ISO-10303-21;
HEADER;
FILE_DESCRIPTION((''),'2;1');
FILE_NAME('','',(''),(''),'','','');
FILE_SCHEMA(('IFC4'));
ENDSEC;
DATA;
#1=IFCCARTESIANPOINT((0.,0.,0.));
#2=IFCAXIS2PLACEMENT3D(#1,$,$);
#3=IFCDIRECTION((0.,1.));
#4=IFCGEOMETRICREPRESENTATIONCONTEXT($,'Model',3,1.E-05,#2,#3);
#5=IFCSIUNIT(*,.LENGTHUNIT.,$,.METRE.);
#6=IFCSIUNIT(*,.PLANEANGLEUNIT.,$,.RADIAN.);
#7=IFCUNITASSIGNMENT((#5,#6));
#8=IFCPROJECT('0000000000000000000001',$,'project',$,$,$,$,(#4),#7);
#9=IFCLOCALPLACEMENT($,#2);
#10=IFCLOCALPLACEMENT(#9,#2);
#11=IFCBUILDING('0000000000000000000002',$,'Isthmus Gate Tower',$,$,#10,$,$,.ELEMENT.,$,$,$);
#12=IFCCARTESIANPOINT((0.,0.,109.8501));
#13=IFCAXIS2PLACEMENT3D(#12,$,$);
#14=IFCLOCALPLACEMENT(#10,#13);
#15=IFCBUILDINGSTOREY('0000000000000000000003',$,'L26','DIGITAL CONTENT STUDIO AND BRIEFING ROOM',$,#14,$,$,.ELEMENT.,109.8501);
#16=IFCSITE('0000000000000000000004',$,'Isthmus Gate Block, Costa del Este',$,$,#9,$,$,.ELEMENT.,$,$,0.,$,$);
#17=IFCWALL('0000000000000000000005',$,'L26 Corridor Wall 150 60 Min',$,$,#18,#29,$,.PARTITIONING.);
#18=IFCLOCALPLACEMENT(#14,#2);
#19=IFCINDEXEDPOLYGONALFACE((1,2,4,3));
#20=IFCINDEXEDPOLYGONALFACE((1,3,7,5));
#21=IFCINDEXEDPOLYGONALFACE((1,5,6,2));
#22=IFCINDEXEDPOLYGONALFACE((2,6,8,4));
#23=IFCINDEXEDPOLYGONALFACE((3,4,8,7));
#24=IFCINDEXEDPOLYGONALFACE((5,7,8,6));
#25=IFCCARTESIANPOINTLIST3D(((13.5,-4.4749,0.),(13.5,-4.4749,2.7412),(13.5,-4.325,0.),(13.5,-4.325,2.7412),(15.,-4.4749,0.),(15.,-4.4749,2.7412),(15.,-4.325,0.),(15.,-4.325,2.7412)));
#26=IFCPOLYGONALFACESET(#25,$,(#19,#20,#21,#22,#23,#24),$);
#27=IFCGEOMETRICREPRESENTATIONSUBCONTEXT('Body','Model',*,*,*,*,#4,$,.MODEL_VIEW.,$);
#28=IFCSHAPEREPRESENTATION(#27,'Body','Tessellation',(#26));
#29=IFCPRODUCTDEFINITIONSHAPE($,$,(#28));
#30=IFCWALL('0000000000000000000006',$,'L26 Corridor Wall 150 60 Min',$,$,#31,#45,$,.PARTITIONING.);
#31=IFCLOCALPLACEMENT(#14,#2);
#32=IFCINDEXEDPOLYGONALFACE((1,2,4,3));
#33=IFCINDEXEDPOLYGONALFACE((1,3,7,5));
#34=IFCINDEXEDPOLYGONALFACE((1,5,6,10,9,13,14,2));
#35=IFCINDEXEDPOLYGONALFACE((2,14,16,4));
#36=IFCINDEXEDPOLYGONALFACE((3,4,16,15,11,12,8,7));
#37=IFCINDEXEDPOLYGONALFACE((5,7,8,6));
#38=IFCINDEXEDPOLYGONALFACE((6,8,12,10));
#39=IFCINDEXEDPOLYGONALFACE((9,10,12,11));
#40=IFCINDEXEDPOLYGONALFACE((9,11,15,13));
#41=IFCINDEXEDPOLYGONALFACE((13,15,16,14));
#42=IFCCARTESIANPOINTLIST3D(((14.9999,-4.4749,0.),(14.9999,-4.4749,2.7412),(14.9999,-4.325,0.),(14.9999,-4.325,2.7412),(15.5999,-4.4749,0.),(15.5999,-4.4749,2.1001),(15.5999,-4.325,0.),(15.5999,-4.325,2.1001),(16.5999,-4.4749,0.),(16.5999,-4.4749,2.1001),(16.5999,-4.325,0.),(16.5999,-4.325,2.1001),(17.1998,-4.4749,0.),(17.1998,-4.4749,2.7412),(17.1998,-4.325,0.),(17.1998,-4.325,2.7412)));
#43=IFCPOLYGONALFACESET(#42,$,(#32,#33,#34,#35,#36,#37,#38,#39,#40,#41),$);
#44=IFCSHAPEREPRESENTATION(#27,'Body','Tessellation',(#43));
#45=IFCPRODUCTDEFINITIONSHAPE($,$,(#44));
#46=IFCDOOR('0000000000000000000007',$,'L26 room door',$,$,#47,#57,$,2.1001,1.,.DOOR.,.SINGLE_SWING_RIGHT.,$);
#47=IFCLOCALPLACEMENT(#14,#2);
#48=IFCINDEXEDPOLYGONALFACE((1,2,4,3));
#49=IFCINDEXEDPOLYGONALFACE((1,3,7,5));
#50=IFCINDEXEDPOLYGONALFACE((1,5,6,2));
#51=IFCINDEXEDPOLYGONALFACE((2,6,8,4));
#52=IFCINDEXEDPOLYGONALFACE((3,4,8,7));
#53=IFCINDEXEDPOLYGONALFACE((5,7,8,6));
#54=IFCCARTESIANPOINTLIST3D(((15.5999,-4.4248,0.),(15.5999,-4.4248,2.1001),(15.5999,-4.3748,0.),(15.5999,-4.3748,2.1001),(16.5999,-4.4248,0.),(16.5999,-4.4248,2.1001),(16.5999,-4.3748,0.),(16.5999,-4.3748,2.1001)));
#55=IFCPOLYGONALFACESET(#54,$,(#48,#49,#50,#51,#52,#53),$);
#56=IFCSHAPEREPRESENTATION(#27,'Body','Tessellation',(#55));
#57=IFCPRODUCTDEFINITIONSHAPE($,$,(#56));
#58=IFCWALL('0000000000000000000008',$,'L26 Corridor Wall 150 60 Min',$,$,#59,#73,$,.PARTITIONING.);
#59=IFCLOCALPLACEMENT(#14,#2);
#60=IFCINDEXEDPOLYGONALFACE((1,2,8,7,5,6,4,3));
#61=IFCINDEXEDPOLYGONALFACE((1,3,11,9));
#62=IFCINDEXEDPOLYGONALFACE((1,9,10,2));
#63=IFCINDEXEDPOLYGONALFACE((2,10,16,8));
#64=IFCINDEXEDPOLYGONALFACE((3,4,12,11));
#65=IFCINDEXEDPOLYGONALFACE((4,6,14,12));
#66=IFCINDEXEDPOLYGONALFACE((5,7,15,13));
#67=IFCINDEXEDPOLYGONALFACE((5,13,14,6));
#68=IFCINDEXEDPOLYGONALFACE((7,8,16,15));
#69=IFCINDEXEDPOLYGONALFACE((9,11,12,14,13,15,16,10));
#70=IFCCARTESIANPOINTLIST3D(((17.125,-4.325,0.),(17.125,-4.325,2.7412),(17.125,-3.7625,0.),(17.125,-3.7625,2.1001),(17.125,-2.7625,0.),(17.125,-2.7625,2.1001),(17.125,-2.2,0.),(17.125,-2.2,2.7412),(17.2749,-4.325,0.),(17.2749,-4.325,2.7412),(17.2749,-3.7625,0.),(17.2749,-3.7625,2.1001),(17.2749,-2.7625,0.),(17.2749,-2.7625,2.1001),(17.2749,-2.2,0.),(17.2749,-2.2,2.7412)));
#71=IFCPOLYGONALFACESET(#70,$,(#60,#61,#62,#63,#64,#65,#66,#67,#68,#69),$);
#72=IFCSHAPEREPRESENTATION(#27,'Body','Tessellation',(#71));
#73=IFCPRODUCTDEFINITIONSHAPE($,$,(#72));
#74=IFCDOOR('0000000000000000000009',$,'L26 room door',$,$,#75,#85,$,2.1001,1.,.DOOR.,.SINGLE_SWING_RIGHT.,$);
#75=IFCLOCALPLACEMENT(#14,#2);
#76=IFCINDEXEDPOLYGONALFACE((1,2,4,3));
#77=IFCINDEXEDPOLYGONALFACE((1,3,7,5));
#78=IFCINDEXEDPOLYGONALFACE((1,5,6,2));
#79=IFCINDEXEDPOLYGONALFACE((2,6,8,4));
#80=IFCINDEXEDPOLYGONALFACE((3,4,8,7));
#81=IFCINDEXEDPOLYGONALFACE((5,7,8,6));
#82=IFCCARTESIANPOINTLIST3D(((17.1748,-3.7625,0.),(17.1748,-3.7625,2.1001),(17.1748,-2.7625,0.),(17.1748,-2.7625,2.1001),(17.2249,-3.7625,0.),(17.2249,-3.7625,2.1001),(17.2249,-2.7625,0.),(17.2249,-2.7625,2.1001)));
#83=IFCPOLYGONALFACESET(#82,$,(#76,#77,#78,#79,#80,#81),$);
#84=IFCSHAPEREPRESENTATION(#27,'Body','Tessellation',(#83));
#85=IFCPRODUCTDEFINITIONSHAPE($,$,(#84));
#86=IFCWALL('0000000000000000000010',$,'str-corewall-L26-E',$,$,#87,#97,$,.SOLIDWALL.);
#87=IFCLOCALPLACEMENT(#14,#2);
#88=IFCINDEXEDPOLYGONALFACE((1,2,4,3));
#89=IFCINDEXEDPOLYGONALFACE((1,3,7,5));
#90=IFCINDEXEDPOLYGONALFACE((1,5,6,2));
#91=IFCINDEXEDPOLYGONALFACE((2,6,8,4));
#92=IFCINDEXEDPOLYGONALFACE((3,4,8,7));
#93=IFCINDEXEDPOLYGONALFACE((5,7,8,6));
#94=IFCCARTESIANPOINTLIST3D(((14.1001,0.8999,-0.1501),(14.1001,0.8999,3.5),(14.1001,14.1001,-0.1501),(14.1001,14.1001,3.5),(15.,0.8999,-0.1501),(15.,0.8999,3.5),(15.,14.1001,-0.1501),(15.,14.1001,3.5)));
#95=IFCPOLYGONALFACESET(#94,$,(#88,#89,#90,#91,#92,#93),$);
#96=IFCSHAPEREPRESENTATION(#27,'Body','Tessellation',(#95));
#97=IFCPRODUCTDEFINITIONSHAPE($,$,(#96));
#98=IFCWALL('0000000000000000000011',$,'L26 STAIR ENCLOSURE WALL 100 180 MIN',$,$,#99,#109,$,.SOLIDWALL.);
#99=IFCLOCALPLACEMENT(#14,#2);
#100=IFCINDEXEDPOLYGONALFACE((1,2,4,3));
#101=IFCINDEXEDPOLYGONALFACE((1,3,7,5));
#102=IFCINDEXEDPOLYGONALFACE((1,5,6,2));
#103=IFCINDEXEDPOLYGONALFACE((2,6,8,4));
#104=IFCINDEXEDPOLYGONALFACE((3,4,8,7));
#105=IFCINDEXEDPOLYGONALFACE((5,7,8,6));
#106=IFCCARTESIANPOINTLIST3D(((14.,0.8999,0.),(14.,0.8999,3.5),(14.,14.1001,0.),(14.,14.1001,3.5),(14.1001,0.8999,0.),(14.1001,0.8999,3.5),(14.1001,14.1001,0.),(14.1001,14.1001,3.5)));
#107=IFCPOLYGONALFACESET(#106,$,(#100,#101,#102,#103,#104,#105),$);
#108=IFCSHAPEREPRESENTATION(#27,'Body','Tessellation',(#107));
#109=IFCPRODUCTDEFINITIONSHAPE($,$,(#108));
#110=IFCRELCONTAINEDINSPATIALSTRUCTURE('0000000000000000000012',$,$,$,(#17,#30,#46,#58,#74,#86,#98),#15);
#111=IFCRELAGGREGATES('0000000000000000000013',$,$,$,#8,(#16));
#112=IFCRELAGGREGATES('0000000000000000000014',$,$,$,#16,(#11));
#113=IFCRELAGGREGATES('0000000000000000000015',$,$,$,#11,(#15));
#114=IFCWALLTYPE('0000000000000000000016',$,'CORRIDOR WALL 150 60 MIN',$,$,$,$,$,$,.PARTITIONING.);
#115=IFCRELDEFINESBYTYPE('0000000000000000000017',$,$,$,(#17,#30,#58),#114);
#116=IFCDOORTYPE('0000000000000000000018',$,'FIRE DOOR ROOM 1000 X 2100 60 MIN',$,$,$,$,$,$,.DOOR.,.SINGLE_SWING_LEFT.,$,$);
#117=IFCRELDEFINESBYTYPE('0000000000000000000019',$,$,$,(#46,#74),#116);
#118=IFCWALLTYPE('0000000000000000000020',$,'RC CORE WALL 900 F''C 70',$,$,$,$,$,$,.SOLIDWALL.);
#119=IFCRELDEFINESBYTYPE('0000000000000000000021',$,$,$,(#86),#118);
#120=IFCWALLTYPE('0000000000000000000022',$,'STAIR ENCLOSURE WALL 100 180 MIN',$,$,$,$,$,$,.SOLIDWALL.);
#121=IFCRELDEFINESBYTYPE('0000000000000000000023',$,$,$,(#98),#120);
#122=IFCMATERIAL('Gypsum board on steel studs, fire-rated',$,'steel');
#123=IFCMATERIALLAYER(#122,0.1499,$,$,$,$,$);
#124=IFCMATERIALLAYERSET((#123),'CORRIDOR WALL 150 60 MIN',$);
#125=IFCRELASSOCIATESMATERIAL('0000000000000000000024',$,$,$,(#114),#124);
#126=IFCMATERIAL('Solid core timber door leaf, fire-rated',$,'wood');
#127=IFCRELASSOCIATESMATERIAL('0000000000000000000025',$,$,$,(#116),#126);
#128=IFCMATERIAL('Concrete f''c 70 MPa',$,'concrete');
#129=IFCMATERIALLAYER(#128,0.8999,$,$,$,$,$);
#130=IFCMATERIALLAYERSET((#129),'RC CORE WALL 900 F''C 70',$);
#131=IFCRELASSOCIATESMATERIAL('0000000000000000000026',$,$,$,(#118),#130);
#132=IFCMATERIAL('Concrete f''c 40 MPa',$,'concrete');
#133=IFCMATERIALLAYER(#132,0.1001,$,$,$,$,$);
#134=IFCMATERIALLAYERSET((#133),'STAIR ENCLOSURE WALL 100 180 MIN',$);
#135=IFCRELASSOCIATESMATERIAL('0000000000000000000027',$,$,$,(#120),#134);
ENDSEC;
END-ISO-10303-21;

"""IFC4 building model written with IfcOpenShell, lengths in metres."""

from ifc_helpers import new_model, si_unit, direction, frame, frame_2d, origin, place, context, subcontext, project, spatial, rectangle, extrude, material, layer, layer_set, type_object, element, fill, save


model = new_model("IFC4")

# Units and contexts
model_context = context("Model", 3, precision=1e-05, world=origin(), true_north=direction((0.0, 1.0)))
body_context = subcontext(model_context, "Body", "Model", "MODEL_VIEW")
ifc_project = project(units=[si_unit("LENGTHUNIT", "METRE"), si_unit("PLANEANGLEUNIT", "RADIAN")], contexts=[model_context])

# Site, building, storey
site_placement = place(None, origin())
site = spatial("IfcSite", under=ifc_project, at=site_placement, Name="Isthmus Gate Block, Costa del Este", CompositionType="ELEMENT", RefElevation=0.0)
building_placement = place(site_placement, origin())
building = spatial("IfcBuilding", under=site, at=building_placement, Name="Isthmus Gate Tower", CompositionType="ELEMENT")
storey_placement = place(building_placement, frame((0.0, 0.0, 109.8501)))
storey = spatial("IfcBuildingStorey", under=building, at=storey_placement, Name="L26", Description="DIGITAL CONTENT STUDIO AND BRIEFING ROOM", CompositionType="ELEMENT", Elevation=109.8501)

# Wall
ifc_material_1 = material(Name="Gypsum board on steel studs, fire-rated", Category="steel")
ifc_layer_1 = layer(ifc_material_1, 0.1499)
ifc_layer_set_1 = layer_set([ifc_layer_1], Name="CORRIDOR WALL 150 60 MIN")
wall_type_1 = type_object("IfcWallType", Name="CORRIDOR WALL 150 60 MIN", PredefinedType="PARTITIONING", material=ifc_layer_set_1)
wall_1_placement = place(storey_placement, frame((15.0, -4.3999, 0.0), z_axis=(0.0, 0.0, 1.0), x_axis=(-1.0, 0.0, 0.0)))
element("IfcWall", 1, at=wall_1_placement, inside=storey, type_object=wall_type_1, Name="L26 Corridor Wall 150 60 Min", PredefinedType="PARTITIONING", context=body_context, shape_type="SweptSolid", body=[
    extrude(rectangle(XDim=1.5, YDim=0.1499, at=frame_2d((0.75, 0.0))), origin(), (0.0, 0.0, 1.0), 2.7412),
])

# Walls, openings, doors
wall_2_placement = place(storey_placement, frame((17.2, -4.3999, 0.0), z_axis=(0.0, 0.0, 1.0), x_axis=(-1.0, 0.0, 0.0)))
wall_2 = element("IfcWall", 2, at=wall_2_placement, inside=storey, type_object=wall_type_1, Name="L26 Corridor Wall 150 60 Min", PredefinedType="PARTITIONING", context=body_context, shape_type="SweptSolid", body=[
    extrude(rectangle(XDim=2.2, YDim=0.1499, at=frame_2d((1.1001, 0.0))), origin(), (0.0, 0.0, 1.0), 2.7412),
])
opening_1_placement = place(wall_2_placement, frame((0.6001, 0.0, 0.0)))
opening_1 = element("IfcOpeningElement", 3, at=opening_1_placement, cuts=wall_2, PredefinedType="OPENING", context=body_context, shape_type="SweptSolid", body=[
    extrude(rectangle(XDim=1.0, YDim=2.1001, at=frame_2d((0.5, 1.05))), frame((0.0, 0.085, 0.0), z_axis=(0.0, -1.0, 0.0), x_axis=(1.0, 0.0, 0.0)), (0.0, 0.0, 1.0), 0.1699),
])
ifc_material_2 = material(Name="Solid core timber door leaf, fire-rated", Category="wood")
door_type_1 = type_object("IfcDoorType", Name="FIRE DOOR ROOM 1000 X 2100 60 MIN", OperationType="SINGLE_SWING_LEFT", PredefinedType="DOOR", material=ifc_material_2)
door_1_placement = place(opening_1_placement, origin())
door_1 = element("IfcDoor", 4, at=door_1_placement, inside=storey, type_object=door_type_1, Name="L26 room door", OperationType="SINGLE_SWING_RIGHT", OverallHeight=2.1001, OverallWidth=1.0, PredefinedType="DOOR", context=body_context, shape_type="SweptSolid", body=[
    extrude(rectangle(XDim=1.0, YDim=2.1001, at=frame_2d((0.5, 1.05))), frame((0.0, 0.0249, 0.0), z_axis=(0.0, -1.0, 0.0), x_axis=(1.0, 0.0, 0.0)), (0.0, 0.0, 1.0), 0.05),
])
fill(opening_1, door_1)
wall_3_placement = place(storey_placement, frame((17.2, -2.2, 0.0), z_axis=(0.0, 0.0, 1.0), x_axis=(0.0, -1.0, 0.0)))
wall_3 = element("IfcWall", 5, at=wall_3_placement, inside=storey, type_object=wall_type_1, Name="L26 Corridor Wall 150 60 Min", PredefinedType="PARTITIONING", context=body_context, shape_type="SweptSolid", body=[
    extrude(rectangle(XDim=2.125, YDim=0.1499, at=frame_2d((1.0625, 0.0))), origin(), (0.0, 0.0, 1.0), 2.7412),
])
opening_2_placement = place(wall_3_placement, frame((0.5625, 0.0, 0.0)))
opening_2 = element("IfcOpeningElement", 6, at=opening_2_placement, cuts=wall_3, PredefinedType="OPENING", context=body_context, shape_type="SweptSolid", body=[
    extrude(rectangle(XDim=1.0, YDim=2.1001, at=frame_2d((0.5, 1.05))), frame((0.0, 0.085, 0.0), z_axis=(0.0, -1.0, 0.0), x_axis=(1.0, 0.0, 0.0)), (0.0, 0.0, 1.0), 0.1699),
])
door_2_placement = place(opening_2_placement, origin())
door_2 = element("IfcDoor", 7, at=door_2_placement, inside=storey, type_object=door_type_1, Name="L26 room door", OperationType="SINGLE_SWING_RIGHT", OverallHeight=2.1001, OverallWidth=1.0, PredefinedType="DOOR", context=body_context, shape_type="SweptSolid", body=[
    extrude(rectangle(XDim=1.0, YDim=2.1001, at=frame_2d((0.5, 1.05))), frame((0.0, 0.0249, 0.0), z_axis=(0.0, -1.0, 0.0), x_axis=(1.0, 0.0, 0.0)), (0.0, 0.0, 1.0), 0.05),
])
fill(opening_2, door_2)

# Walls
ifc_material_3 = material(Name="Concrete f'c 70 MPa", Category="concrete")
ifc_layer_2 = layer(ifc_material_3, 0.8999)
ifc_layer_set_2 = layer_set([ifc_layer_2], Name="RC CORE WALL 900 F'C 70")
wall_type_2 = type_object("IfcWallType", Name="RC CORE WALL 900 F'C 70", PredefinedType="SOLIDWALL", material=ifc_layer_set_2)
wall_4_placement = place(storey_placement, frame((14.55, 0.8999, -0.1501), z_axis=(0.0, 0.0, 1.0), x_axis=(0.0, 1.0, 0.0)))
element("IfcWall", 8, at=wall_4_placement, inside=storey, type_object=wall_type_2, Name="str-corewall-L26-E", PredefinedType="SOLIDWALL", context=body_context, shape_type="SweptSolid", body=[
    extrude(rectangle(XDim=13.2002, YDim=0.8999, at=frame_2d((6.6001, 0.0))), origin(), (0.0, 0.0, 1.0), 3.6501),
])
ifc_material_4 = material(Name="Concrete f'c 40 MPa", Category="concrete")
ifc_layer_3 = layer(ifc_material_4, 0.1001)
ifc_layer_set_3 = layer_set([ifc_layer_3], Name="STAIR ENCLOSURE WALL 100 180 MIN")
wall_type_3 = type_object("IfcWallType", Name="STAIR ENCLOSURE WALL 100 180 MIN", PredefinedType="SOLIDWALL", material=ifc_layer_set_3)
wall_5_placement = place(storey_placement, frame((14.05, 0.8999, 0.0), z_axis=(0.0, 0.0, 1.0), x_axis=(0.0, 1.0, 0.0)))
element("IfcWall", 9, at=wall_5_placement, inside=storey, type_object=wall_type_3, Name="L26 STAIR ENCLOSURE WALL 100 180 MIN", PredefinedType="SOLIDWALL", context=body_context, shape_type="SweptSolid", body=[
    extrude(rectangle(XDim=13.2002, YDim=0.1001, at=frame_2d((6.6001, 0.0))), origin(), (0.0, 0.0, 1.0), 3.5),
])

save(model, "model.ifc")
